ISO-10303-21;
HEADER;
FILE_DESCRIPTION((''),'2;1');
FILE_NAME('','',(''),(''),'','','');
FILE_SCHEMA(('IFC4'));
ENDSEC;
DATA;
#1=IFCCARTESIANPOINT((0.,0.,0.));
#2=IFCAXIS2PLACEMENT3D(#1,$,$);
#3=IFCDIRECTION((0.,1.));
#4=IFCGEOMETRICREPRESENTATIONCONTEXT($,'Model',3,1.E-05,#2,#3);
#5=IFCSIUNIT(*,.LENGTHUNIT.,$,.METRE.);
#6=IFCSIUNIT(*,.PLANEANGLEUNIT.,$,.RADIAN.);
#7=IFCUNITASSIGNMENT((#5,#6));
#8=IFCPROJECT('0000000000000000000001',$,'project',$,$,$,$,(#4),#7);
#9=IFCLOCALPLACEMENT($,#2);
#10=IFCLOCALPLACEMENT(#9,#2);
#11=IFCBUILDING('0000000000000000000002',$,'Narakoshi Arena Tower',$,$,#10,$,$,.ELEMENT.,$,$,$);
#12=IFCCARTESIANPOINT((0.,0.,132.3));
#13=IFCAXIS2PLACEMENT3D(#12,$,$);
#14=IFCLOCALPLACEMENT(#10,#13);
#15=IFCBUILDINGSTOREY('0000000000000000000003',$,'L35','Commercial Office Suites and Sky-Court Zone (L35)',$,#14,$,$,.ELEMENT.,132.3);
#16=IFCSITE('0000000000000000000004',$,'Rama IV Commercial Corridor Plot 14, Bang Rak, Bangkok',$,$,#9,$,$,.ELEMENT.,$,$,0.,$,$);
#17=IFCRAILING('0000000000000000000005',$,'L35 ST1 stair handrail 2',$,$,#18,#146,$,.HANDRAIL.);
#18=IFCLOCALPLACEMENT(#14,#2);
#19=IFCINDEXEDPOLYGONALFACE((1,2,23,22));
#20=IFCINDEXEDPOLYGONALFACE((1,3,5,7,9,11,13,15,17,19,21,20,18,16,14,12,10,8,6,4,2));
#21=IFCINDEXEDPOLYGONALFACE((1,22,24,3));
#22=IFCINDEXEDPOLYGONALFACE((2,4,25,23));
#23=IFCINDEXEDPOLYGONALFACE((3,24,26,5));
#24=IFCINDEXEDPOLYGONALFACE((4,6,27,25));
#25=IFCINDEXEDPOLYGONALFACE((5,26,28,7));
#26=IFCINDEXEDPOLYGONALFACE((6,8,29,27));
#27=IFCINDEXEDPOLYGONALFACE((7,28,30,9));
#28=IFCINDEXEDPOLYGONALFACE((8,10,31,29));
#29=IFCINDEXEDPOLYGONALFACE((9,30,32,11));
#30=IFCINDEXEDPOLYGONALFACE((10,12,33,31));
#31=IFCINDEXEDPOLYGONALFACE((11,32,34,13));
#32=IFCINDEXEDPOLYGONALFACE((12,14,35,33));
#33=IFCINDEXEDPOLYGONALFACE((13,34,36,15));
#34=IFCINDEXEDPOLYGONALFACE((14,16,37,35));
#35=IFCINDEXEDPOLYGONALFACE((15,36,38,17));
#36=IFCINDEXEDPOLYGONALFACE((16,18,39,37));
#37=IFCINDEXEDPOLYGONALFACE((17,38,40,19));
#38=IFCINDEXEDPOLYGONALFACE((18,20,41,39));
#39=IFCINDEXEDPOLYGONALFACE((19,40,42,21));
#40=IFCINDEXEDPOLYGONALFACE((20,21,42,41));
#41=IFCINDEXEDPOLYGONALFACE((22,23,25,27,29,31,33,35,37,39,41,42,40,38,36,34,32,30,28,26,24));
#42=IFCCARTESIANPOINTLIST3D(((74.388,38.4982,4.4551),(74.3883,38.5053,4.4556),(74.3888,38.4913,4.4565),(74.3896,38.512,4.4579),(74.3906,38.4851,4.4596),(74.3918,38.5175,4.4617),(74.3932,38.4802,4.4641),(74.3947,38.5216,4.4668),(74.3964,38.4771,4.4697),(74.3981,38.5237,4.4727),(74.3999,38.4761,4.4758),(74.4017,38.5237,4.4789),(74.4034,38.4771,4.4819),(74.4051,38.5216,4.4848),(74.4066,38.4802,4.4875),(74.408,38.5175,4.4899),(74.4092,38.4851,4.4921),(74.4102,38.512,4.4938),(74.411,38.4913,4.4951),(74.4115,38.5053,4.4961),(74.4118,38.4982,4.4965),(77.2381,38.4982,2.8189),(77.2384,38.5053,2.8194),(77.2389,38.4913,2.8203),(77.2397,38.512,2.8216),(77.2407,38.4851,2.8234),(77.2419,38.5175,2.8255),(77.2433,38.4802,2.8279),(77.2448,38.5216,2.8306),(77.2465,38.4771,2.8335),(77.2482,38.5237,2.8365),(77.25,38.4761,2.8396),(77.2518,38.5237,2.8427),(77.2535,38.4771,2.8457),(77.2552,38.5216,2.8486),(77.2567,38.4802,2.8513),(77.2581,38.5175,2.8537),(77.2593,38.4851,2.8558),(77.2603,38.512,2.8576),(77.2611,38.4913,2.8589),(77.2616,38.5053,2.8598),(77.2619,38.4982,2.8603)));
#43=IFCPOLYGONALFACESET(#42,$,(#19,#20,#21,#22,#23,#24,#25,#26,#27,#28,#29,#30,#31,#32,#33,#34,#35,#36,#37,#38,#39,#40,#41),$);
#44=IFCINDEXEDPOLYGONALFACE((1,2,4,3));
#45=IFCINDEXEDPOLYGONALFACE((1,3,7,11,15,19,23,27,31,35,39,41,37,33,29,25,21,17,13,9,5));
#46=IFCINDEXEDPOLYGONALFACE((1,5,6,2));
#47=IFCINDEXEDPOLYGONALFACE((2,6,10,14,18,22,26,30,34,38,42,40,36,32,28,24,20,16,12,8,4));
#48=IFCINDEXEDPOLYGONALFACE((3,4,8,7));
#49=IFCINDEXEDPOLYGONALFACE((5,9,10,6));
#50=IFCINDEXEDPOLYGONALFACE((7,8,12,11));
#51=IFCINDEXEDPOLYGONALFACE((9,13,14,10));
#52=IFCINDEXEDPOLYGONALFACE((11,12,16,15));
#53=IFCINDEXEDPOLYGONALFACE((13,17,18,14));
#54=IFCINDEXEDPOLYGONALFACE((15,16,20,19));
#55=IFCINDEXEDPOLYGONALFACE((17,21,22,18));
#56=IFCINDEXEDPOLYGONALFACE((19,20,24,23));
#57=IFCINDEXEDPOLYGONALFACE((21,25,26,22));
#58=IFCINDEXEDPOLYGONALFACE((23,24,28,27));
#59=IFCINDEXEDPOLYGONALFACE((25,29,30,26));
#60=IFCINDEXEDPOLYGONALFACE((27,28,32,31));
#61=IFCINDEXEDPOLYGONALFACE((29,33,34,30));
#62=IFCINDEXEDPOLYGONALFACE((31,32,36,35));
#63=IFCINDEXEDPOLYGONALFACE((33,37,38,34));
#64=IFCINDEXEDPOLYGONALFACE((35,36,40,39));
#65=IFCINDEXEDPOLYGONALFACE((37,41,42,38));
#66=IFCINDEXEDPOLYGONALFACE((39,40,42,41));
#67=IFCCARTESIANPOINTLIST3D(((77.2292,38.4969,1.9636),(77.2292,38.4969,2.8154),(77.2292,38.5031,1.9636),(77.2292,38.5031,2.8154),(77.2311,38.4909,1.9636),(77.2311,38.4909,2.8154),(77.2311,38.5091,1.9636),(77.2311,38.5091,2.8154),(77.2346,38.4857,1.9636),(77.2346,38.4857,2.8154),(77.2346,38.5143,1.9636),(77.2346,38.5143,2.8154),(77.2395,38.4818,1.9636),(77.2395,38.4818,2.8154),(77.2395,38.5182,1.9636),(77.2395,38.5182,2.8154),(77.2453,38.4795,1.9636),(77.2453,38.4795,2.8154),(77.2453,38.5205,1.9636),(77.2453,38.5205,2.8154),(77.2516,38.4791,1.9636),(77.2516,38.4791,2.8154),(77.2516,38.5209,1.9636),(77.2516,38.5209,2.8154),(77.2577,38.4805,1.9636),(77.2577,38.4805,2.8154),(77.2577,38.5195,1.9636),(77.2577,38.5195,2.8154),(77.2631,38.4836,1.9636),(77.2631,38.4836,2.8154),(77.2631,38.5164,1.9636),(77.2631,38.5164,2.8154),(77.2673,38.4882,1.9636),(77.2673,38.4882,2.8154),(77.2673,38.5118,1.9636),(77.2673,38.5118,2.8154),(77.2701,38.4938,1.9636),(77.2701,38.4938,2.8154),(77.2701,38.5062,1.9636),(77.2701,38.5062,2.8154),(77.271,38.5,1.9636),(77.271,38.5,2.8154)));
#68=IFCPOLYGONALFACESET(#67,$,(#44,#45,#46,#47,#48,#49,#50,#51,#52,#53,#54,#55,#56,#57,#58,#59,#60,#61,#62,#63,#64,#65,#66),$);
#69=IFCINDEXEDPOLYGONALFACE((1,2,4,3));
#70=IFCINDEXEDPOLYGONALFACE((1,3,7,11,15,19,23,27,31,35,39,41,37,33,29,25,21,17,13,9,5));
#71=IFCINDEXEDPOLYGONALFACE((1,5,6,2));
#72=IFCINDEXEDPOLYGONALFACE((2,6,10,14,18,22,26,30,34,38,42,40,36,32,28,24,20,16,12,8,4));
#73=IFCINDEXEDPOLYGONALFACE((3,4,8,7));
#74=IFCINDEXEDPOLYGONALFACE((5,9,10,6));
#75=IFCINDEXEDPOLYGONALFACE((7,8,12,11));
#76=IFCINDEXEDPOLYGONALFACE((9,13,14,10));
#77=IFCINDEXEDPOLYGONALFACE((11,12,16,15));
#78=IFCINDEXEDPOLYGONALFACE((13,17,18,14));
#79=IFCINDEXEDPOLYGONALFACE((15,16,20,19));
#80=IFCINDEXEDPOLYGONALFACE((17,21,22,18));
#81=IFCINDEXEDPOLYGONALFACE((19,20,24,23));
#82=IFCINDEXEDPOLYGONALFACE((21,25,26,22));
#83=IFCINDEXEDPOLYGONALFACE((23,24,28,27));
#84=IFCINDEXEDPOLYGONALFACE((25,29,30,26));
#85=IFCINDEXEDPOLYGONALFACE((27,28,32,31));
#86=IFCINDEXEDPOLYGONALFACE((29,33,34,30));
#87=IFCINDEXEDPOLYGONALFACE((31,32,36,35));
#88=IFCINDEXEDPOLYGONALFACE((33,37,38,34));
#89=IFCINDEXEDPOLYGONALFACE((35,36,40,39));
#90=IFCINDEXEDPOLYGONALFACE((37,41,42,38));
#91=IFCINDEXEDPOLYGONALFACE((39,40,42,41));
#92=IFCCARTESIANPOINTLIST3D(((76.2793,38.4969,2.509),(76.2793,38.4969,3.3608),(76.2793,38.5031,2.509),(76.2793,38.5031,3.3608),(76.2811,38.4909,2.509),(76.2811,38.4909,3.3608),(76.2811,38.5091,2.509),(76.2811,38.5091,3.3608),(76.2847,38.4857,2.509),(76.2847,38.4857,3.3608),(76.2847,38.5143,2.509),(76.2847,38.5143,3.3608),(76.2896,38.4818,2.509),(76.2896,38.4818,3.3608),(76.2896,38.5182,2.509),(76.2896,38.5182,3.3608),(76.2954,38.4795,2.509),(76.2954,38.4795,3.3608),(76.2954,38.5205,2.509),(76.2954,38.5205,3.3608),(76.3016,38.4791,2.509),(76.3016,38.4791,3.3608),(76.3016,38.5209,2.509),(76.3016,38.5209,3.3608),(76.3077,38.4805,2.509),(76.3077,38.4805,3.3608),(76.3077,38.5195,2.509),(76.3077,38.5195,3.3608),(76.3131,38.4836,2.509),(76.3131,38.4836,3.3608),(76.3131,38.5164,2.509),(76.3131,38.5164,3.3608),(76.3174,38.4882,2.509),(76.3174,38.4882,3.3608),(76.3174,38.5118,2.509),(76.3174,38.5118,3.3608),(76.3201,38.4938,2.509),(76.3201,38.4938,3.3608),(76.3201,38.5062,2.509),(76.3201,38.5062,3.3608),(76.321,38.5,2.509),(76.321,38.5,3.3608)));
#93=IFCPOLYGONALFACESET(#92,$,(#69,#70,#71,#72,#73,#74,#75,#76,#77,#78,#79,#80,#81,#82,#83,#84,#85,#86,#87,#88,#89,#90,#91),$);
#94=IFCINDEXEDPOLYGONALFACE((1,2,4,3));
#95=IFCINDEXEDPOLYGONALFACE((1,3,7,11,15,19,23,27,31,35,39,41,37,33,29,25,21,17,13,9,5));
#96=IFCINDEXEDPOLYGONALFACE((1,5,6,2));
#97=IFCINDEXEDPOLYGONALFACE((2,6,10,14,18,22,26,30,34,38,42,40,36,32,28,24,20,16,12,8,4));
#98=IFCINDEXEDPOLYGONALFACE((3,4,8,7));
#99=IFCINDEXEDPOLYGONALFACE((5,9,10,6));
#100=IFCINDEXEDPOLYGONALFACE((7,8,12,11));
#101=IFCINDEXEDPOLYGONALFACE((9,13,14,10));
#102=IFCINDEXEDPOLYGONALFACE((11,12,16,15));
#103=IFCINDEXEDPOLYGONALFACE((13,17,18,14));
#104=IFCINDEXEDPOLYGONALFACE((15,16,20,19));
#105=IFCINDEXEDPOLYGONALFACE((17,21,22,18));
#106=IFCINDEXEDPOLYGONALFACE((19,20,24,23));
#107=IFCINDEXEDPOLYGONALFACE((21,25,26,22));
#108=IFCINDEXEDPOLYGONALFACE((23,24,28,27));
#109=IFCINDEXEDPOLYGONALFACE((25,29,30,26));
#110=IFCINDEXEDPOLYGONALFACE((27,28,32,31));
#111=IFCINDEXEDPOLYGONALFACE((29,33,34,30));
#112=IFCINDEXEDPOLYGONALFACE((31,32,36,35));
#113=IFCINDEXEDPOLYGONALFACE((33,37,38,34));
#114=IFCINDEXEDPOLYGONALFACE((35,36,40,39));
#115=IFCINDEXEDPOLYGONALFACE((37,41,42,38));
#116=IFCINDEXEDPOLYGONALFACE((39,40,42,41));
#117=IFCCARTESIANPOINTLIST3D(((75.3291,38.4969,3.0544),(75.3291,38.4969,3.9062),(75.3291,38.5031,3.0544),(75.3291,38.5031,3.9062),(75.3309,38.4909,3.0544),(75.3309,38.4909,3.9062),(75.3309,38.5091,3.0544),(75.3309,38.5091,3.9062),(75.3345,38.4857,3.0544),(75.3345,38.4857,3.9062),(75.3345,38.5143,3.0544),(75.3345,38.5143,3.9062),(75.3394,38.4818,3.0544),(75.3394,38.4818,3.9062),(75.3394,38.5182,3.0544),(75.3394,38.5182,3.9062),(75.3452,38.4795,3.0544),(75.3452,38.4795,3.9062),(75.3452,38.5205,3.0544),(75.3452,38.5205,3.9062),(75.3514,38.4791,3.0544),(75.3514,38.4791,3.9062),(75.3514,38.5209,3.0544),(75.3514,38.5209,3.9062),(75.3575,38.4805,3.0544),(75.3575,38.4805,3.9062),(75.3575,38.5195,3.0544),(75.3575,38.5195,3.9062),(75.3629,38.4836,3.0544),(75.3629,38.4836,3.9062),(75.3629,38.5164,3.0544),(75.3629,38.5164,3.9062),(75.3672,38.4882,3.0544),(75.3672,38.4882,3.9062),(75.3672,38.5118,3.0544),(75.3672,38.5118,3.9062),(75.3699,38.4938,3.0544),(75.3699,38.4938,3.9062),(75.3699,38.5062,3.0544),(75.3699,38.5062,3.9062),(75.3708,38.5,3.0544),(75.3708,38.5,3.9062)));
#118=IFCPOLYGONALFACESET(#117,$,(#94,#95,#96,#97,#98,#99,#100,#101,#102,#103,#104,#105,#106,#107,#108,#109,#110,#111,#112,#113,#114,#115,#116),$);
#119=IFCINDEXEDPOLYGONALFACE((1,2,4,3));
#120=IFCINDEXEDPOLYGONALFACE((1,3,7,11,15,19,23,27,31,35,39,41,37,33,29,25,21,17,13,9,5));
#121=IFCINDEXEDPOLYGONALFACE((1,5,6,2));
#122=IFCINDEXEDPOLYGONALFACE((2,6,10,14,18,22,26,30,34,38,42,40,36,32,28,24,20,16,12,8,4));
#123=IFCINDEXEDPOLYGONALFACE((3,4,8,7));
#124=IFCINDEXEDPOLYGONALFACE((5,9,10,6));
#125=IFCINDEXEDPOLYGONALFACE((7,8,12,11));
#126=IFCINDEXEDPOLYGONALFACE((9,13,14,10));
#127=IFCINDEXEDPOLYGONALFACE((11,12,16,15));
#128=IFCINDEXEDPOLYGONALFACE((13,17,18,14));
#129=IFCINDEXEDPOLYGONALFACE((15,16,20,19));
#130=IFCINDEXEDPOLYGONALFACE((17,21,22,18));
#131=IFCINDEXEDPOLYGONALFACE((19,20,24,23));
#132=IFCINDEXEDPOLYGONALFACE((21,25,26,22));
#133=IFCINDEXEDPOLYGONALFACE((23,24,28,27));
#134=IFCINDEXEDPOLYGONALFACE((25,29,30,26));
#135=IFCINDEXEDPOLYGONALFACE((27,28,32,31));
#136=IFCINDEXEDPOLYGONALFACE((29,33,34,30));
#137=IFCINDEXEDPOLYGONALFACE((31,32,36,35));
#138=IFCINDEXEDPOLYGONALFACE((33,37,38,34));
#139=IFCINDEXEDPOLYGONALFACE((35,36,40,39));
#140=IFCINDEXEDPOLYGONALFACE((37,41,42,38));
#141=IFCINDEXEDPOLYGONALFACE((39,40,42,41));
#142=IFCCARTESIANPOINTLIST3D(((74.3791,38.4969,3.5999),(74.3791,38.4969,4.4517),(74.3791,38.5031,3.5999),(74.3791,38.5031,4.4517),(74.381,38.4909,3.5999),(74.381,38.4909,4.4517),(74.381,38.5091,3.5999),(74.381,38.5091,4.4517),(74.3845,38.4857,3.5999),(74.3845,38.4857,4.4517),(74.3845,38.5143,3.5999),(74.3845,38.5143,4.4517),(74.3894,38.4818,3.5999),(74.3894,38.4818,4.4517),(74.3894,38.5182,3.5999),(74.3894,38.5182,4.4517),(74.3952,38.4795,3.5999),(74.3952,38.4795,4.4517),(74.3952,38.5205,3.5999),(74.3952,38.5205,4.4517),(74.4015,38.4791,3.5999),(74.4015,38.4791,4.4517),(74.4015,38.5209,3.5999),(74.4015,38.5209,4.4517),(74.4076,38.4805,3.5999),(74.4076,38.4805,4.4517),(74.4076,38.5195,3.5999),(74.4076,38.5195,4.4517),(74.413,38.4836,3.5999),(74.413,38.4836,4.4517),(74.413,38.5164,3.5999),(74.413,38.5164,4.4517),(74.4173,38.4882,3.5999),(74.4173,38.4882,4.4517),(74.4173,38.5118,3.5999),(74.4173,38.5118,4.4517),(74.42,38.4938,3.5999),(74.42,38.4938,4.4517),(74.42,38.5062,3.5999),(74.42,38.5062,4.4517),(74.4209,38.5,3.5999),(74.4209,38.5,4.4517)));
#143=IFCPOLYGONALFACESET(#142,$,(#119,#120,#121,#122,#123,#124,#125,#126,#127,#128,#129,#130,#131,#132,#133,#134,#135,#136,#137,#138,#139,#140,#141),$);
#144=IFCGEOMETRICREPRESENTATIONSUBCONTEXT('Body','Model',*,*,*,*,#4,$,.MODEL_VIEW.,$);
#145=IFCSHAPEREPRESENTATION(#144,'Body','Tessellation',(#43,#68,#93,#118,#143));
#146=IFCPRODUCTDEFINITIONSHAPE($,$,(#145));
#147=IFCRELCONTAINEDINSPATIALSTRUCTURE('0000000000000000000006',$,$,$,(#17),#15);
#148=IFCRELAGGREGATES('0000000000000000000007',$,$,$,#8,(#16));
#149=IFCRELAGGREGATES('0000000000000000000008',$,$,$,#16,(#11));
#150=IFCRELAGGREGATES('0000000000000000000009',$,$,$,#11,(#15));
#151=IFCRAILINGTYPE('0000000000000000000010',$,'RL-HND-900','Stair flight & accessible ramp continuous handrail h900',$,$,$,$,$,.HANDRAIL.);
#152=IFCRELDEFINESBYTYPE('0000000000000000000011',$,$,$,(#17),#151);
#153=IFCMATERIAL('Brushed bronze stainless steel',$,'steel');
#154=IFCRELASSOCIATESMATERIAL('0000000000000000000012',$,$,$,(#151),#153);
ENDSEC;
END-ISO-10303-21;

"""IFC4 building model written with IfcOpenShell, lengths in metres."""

from ifc_helpers import new_model, si_unit, direction, frame, origin, origin_2d, place, context, subcontext, project, spatial, circle, extrude, material, type_object, element, save


model = new_model("IFC4")

# Units and contexts
model_context = context("Model", 3, precision=1e-05, world=origin(), true_north=direction((0.0, 1.0)))
body_context = subcontext(model_context, "Body", "Model", "MODEL_VIEW")
ifc_project = project(units=[si_unit("LENGTHUNIT", "METRE"), si_unit("PLANEANGLEUNIT", "RADIAN")], contexts=[model_context])

# Site, building, storey
site_placement = place(None, origin())
site = spatial("IfcSite", under=ifc_project, at=site_placement, Name="Rama IV Commercial Corridor Plot 14, Bang Rak, Bangkok", CompositionType="ELEMENT", RefElevation=0.0)
building_placement = place(site_placement, origin())
building = spatial("IfcBuilding", under=site, at=building_placement, Name="Narakoshi Arena Tower", CompositionType="ELEMENT")
storey_placement = place(building_placement, frame((0.0, 0.0, 132.3)))
storey = spatial("IfcBuildingStorey", under=building, at=storey_placement, Name="L35", Description="Commercial Office Suites and Sky-Court Zone (L35)", CompositionType="ELEMENT", Elevation=132.3)

# Railing
ifc_material_1 = material(Name="Brushed bronze stainless steel", Category="steel")
railing_type_1 = type_object("IfcRailingType", Name="RL-HND-900", Description="Stair flight & accessible ramp continuous handrail h900", PredefinedType="HANDRAIL", material=ifc_material_1)
railing_1_placement = place(storey_placement, frame((77.25, 38.5, 1.9636)))
element("IfcRailing", 1, at=railing_1_placement, inside=storey, type_object=railing_type_1, Name="L35 ST1 stair handrail 2", PredefinedType="HANDRAIL", context=body_context, shape_type="SweptSolid", body=[
    extrude(circle(Radius=0.0239, at=origin_2d()), frame((0.0, 0.0, 0.876), z_axis=(-0.867245, 0.0, 0.497882), x_axis=(0.0, -1.0, 0.0)), (0.0, 0.0, 1.0), 3.2864),
    extrude(circle(Radius=0.021, at=origin_2d()), origin(), (0.0, 0.0, 1.0), 0.8518),
    extrude(circle(Radius=0.021, at=origin_2d()), frame((-0.95, 0.0, 0.5454)), (0.0, 0.0, 1.0), 0.8518),
    extrude(circle(Radius=0.021, at=origin_2d()), frame((-1.9001, 0.0, 1.0908)), (0.0, 0.0, 1.0), 0.8518),
    extrude(circle(Radius=0.021, at=origin_2d()), frame((-2.8501, 0.0, 1.6362)), (0.0, 0.0, 1.0), 0.8518),
])

save(model, "model.ifc")
